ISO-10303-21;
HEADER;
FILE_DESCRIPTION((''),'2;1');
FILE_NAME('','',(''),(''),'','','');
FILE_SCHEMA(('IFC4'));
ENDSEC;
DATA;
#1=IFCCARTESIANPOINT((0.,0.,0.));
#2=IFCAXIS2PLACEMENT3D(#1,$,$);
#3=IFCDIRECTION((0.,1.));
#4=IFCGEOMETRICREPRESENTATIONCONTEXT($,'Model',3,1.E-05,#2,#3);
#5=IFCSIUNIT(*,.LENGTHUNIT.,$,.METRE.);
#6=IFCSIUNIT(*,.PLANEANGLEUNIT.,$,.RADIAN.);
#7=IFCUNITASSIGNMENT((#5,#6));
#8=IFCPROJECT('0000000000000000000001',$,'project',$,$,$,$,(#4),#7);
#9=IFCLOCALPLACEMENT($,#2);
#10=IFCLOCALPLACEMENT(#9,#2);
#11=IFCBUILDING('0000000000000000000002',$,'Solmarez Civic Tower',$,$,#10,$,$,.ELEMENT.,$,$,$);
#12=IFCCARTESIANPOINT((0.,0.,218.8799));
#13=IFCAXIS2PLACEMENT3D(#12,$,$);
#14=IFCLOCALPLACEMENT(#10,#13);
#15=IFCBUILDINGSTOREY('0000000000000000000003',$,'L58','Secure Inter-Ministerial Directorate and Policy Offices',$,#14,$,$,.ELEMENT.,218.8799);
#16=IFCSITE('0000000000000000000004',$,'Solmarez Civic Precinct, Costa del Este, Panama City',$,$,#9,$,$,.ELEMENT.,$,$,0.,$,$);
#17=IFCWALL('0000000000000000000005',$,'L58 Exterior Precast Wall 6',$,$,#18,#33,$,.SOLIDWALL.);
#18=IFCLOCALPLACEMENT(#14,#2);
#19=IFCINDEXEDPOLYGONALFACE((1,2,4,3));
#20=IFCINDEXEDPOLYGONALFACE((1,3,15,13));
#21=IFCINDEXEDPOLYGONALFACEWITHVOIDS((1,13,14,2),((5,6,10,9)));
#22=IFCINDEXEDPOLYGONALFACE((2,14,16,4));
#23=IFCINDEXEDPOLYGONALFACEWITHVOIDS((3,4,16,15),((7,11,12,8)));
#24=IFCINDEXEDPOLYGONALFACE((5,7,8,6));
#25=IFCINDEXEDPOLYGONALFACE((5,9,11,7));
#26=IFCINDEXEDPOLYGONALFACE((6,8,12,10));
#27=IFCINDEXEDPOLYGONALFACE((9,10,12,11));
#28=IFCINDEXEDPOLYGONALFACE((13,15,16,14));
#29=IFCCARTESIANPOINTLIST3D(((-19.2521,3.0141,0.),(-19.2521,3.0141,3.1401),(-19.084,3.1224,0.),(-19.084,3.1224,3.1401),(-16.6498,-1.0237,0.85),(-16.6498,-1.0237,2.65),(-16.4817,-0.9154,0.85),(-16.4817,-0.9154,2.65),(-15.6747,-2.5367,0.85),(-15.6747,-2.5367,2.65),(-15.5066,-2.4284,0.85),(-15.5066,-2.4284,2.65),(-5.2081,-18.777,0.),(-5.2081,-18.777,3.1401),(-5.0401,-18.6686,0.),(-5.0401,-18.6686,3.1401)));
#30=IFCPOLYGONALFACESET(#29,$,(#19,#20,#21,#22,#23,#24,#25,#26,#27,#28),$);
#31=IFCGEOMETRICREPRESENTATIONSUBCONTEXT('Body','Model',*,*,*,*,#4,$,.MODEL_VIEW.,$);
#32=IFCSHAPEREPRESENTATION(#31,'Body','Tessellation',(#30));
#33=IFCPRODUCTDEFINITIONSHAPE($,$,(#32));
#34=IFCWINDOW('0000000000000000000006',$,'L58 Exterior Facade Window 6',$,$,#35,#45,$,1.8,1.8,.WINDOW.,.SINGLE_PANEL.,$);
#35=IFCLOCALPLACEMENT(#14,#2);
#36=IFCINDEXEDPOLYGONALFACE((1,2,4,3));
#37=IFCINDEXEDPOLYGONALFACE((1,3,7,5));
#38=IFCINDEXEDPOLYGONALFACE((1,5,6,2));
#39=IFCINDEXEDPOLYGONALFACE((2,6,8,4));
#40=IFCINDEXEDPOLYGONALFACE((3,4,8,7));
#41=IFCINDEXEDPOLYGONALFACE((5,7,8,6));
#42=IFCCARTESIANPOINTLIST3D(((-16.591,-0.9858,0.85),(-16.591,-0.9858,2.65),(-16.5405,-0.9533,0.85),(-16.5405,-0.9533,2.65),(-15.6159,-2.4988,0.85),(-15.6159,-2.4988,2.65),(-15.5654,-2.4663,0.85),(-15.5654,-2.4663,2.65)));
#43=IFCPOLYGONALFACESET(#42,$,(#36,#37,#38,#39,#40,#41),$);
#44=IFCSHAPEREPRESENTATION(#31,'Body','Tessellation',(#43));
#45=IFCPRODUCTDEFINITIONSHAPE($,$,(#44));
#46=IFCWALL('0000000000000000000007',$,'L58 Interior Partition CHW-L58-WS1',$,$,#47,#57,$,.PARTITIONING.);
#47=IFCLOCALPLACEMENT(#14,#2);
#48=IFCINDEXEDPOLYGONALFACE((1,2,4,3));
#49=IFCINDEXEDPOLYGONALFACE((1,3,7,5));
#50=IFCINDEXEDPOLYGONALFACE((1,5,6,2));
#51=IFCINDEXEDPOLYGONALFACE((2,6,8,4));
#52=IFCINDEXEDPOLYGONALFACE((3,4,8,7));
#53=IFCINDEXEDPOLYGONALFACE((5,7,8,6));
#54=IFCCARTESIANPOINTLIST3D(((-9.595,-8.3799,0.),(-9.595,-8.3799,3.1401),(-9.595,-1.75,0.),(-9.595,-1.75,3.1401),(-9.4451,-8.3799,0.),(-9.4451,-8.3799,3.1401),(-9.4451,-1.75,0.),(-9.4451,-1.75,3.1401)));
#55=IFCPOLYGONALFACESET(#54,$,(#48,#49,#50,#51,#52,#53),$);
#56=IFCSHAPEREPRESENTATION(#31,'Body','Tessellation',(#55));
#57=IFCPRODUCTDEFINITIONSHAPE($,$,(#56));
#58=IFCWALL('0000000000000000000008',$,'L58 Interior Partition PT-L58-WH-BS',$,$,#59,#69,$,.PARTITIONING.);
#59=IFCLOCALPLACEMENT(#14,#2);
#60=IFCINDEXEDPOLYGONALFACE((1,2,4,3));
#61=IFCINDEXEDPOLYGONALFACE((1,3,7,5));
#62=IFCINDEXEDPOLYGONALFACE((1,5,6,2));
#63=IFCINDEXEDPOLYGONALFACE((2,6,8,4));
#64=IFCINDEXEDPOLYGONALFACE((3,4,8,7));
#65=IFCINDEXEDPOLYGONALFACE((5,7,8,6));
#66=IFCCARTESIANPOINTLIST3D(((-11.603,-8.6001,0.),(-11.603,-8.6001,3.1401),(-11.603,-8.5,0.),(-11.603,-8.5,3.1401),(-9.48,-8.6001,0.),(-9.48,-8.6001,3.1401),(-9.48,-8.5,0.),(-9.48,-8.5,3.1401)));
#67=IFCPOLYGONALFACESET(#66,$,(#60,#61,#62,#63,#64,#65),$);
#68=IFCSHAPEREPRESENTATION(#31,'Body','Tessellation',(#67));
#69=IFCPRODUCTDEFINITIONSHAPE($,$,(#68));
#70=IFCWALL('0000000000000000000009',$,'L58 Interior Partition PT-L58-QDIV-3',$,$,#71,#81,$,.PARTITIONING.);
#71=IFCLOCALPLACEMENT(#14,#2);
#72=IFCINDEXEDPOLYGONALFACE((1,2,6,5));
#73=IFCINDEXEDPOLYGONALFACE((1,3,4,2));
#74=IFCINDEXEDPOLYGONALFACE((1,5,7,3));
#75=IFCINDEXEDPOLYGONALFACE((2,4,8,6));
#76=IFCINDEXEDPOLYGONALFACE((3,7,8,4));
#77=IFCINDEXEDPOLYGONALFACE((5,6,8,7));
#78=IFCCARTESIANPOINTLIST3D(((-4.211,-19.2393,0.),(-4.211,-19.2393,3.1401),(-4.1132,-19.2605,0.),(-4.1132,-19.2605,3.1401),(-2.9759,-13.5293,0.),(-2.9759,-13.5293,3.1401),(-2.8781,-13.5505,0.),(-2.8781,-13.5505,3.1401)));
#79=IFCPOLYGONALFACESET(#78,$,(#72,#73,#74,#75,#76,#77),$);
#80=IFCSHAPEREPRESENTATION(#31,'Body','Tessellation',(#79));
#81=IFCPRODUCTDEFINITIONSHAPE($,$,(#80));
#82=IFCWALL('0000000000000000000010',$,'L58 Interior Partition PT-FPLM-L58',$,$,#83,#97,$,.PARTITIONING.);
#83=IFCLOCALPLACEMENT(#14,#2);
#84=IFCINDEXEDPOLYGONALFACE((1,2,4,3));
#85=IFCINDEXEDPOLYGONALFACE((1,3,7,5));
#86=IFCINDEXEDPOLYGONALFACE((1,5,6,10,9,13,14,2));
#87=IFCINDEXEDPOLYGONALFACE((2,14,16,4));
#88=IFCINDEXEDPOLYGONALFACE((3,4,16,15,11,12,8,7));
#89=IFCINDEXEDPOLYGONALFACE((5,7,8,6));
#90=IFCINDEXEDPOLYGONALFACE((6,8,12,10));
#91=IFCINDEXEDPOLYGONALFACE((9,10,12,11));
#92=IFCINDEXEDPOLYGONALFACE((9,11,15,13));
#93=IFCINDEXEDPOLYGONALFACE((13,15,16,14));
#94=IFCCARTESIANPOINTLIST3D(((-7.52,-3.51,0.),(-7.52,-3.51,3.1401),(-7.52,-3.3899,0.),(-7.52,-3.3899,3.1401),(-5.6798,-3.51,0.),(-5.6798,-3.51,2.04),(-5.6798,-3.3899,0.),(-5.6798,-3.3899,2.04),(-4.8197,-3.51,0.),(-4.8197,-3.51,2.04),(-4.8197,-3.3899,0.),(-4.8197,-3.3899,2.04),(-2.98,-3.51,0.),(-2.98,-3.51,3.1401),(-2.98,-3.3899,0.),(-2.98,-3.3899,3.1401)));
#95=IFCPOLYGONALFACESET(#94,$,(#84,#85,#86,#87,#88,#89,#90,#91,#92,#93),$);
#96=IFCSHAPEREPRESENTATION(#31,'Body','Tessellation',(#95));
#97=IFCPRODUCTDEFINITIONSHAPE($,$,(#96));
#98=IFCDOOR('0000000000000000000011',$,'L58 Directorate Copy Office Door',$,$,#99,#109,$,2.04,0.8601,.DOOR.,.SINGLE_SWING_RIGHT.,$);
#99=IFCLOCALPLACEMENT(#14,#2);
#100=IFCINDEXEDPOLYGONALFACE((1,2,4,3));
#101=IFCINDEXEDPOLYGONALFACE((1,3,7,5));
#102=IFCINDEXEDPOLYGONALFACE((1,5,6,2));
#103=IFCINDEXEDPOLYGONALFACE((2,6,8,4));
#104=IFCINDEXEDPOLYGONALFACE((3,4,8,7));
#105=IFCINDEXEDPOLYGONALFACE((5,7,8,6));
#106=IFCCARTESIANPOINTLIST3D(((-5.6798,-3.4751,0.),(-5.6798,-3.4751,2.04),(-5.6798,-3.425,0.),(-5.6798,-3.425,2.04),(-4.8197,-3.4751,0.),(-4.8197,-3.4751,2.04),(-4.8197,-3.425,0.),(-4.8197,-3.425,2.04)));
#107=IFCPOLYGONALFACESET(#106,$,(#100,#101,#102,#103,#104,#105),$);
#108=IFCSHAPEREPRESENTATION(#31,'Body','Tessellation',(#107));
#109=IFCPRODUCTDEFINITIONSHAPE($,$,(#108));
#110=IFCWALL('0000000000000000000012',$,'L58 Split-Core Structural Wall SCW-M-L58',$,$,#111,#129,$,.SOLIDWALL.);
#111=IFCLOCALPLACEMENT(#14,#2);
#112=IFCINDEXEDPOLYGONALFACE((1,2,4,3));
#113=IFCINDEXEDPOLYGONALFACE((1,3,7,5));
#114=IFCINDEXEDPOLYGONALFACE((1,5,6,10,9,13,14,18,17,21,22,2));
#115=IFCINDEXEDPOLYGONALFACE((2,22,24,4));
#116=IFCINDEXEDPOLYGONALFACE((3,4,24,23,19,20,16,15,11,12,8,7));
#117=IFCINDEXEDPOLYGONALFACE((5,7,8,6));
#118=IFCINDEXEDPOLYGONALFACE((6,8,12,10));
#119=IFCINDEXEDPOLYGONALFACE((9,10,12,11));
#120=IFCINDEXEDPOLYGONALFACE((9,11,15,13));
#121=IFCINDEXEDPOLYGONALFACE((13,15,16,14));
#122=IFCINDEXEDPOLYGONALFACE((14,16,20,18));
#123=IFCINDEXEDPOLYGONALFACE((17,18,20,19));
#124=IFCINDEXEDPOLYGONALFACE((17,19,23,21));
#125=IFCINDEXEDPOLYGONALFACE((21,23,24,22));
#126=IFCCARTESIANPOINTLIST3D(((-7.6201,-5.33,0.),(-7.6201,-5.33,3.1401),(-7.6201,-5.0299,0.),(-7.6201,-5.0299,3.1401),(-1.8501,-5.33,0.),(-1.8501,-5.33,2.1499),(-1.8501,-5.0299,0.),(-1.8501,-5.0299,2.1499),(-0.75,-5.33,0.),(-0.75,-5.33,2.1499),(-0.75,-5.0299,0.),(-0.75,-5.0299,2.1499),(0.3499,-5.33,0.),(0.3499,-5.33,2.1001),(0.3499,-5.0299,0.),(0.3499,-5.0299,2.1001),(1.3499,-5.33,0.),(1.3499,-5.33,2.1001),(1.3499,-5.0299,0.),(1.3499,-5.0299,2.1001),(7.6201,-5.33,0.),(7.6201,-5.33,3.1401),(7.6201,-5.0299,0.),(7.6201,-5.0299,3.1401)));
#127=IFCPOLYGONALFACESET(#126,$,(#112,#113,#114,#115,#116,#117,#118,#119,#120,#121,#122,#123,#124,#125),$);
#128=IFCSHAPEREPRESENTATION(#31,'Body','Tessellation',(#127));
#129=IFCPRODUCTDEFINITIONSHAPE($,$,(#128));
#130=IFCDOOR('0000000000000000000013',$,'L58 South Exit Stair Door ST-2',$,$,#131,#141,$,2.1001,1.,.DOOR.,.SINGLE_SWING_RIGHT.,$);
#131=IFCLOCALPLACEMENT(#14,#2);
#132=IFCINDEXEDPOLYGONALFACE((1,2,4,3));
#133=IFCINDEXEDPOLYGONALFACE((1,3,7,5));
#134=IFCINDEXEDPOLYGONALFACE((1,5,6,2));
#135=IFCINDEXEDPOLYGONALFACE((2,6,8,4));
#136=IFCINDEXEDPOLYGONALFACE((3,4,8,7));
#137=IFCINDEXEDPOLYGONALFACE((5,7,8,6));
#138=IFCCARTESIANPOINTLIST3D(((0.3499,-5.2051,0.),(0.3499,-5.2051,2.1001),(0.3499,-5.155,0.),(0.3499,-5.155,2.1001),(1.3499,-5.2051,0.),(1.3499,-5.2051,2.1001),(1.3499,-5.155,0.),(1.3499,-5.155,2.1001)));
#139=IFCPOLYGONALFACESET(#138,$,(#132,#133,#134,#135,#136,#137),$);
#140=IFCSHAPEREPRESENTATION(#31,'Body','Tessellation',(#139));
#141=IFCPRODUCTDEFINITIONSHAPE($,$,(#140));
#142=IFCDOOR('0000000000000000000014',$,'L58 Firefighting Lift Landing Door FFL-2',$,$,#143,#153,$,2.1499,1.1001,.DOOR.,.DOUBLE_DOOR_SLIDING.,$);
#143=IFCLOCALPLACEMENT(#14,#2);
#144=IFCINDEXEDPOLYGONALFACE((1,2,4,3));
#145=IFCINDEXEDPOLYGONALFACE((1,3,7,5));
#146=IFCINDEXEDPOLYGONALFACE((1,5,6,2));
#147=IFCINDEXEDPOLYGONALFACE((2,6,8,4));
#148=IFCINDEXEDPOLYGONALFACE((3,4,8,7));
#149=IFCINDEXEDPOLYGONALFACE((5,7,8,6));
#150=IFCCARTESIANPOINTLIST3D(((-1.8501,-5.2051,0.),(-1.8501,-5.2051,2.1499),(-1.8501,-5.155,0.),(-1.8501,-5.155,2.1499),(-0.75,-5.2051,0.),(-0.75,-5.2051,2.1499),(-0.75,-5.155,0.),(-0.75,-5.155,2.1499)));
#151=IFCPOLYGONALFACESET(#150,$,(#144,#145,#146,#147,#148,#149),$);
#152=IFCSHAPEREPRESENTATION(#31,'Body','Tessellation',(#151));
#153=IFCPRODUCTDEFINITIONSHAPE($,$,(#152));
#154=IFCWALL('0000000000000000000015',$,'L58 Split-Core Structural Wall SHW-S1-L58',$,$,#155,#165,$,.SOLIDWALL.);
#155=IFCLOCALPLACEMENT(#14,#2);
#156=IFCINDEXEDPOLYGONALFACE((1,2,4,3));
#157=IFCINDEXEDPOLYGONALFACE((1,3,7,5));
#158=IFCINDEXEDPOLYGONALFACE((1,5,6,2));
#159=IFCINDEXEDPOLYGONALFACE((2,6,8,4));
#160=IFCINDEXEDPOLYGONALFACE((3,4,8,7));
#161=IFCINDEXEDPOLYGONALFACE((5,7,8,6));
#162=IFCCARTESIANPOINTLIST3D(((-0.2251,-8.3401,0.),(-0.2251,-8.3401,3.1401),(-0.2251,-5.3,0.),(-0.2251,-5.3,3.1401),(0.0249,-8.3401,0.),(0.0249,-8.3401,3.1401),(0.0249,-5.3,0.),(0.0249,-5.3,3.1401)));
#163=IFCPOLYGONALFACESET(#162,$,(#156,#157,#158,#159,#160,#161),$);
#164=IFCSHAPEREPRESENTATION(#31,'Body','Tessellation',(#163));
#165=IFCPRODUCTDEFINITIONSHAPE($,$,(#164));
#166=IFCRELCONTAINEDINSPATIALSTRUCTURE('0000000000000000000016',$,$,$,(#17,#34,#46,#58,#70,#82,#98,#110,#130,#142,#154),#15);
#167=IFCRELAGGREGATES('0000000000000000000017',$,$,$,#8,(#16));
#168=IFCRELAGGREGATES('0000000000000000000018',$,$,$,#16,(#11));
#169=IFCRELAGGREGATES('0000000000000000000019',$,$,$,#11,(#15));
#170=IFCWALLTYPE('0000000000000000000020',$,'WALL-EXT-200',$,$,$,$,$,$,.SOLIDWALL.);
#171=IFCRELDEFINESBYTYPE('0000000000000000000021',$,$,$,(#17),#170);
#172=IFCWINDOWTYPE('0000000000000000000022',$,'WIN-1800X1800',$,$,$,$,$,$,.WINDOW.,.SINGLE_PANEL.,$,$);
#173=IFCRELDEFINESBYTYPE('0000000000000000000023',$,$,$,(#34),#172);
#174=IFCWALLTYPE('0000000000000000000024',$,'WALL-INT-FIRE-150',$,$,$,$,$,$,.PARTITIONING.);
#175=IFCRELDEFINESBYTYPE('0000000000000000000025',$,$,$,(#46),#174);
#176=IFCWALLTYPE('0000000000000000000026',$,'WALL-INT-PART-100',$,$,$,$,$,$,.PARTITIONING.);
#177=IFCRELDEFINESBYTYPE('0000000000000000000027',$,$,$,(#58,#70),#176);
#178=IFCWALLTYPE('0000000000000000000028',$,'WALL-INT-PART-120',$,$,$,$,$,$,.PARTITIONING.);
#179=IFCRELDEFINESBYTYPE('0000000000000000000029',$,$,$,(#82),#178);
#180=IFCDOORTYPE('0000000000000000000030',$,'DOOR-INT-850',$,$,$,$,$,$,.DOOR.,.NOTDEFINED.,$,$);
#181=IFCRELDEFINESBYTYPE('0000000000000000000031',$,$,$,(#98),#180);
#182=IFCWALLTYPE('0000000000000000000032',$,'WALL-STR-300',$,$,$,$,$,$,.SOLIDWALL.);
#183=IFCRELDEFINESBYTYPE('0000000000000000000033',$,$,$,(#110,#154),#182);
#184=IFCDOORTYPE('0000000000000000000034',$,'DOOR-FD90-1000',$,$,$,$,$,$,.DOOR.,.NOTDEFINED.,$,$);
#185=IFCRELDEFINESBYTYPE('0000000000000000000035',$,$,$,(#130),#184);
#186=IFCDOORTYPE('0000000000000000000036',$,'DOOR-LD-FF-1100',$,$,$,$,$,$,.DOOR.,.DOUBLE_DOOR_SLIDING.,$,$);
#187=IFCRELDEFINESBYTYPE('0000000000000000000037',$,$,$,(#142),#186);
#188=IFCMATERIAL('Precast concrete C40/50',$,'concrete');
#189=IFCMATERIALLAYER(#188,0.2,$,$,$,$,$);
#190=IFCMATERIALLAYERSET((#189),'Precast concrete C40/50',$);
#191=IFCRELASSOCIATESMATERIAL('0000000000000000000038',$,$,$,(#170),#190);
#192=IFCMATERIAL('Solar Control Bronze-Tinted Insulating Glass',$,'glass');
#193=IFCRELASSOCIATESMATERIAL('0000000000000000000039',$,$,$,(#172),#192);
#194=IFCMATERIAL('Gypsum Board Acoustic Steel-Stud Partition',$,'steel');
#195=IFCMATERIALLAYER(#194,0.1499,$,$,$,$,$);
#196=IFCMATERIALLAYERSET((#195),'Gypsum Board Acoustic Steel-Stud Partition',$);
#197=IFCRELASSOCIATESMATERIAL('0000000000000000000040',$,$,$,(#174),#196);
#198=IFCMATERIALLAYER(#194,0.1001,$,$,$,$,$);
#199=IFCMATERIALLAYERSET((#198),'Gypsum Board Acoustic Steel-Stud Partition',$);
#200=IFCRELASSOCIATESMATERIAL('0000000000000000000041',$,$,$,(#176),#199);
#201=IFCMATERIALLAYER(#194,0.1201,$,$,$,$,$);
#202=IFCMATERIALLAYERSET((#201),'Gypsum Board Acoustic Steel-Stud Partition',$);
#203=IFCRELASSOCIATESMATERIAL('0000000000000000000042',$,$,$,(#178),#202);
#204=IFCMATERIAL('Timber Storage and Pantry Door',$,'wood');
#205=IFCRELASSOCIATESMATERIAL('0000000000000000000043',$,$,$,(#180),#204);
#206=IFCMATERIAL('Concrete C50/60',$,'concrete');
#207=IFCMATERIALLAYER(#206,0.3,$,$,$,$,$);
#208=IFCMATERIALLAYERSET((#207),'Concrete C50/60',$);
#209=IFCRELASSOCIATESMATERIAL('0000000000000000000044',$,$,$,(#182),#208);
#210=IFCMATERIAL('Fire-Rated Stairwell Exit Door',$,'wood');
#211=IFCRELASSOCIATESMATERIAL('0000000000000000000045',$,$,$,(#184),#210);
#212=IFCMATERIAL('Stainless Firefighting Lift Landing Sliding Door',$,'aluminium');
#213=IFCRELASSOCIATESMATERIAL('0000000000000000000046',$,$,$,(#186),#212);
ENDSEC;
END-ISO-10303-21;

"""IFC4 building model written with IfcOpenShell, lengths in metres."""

from ifc_helpers import new_model, si_unit, direction, frame, frame_2d, origin, place, context, subcontext, project, spatial, rectangle, extrude, material, layer, layer_set, type_object, element, fill, save


model = new_model("IFC4")

# Units and contexts
model_context = context("Model", 3, precision=1e-05, world=origin(), true_north=direction((0.0, 1.0)))
body_context = subcontext(model_context, "Body", "Model", "MODEL_VIEW")
ifc_project = project(units=[si_unit("LENGTHUNIT", "METRE"), si_unit("PLANEANGLEUNIT", "RADIAN")], contexts=[model_context])

# Site, building, storey
site_placement = place(None, origin())
site = spatial("IfcSite", under=ifc_project, at=site_placement, Name="Solmarez Civic Precinct, Costa del Este, Panama City", CompositionType="ELEMENT", RefElevation=0.0)
building_placement = place(site_placement, origin())
building = spatial("IfcBuilding", under=site, at=building_placement, Name="Solmarez Civic Tower", CompositionType="ELEMENT")
storey_placement = place(building_placement, frame((0.0, 0.0, 218.8799)))
storey = spatial("IfcBuildingStorey", under=building, at=storey_placement, Name="L58", Description="Secure Inter-Ministerial Directorate and Policy Offices", CompositionType="ELEMENT", Elevation=218.8799)

# Shared definitions
ifc_material_1 = material(Name="Concrete C50/60", Category="concrete")

# Shared definitions
ifc_material_2 = material(Name="Precast concrete C40/50", Category="concrete")
ifc_layer_1 = layer(ifc_material_2, 0.2)
ifc_layer_set_1 = layer_set([ifc_layer_1], Name="Precast concrete C40/50")
wall_type_1 = type_object("IfcWallType", Name="WALL-EXT-200", PredefinedType="SOLIDWALL", material=ifc_layer_set_1)

# Wall, opening, window
wall_1_placement = place(storey_placement, frame((-5.124, -18.7229, 0.0), z_axis=(0.0, 0.0, 1.0), x_axis=(-0.541724, 0.840556, 0.0)))
wall_1 = element("IfcWall", 1, at=wall_1_placement, inside=storey, type_object=wall_type_1, Name="L58 Exterior Precast Wall 6", PredefinedType="SOLIDWALL", context=body_context, shape_type="SweptSolid", body=[
    extrude(rectangle(XDim=25.9246, YDim=0.2, at=frame_2d((12.9624, 0.0))), origin(), (0.0, 0.0, 1.0), 3.1401),
])
opening_1_placement = place(wall_1_placement, frame((19.321, 0.0, 0.8501)))
opening_1 = element("IfcOpeningElement", 2, at=opening_1_placement, cuts=wall_1, PredefinedType="OPENING", context=body_context, shape_type="SweptSolid", body=[
    extrude(rectangle(XDim=1.8, YDim=1.8, at=frame_2d((0.8999, 0.8999))), frame((0.0, 0.1099, 0.0), z_axis=(0.0, -1.0, 0.0), x_axis=(1.0, 0.0, 0.0)), (0.0, 0.0, 1.0), 0.22),
])
ifc_material_3 = material(Name="Solar Control Bronze-Tinted Insulating Glass", Category="glass")
window_type = type_object("IfcWindowType", Name="WIN-1800X1800", PartitioningType="SINGLE_PANEL", PredefinedType="WINDOW", material=ifc_material_3)
window_placement = place(opening_1_placement, origin())
window = element("IfcWindow", 3, at=window_placement, inside=storey, type_object=window_type, Name="L58 Exterior Facade Window 6", OverallHeight=1.8, OverallWidth=1.8, PartitioningType="SINGLE_PANEL", PredefinedType="WINDOW", context=body_context, shape_type="SweptSolid", body=[
    extrude(rectangle(XDim=1.8, YDim=1.8, at=frame_2d((0.8999, 0.8999))), frame((0.0, 0.03, 0.0), z_axis=(0.0, -1.0, 0.0), x_axis=(1.0, 0.0, 0.0)), (0.0, 0.0, 1.0), 0.0601),
])
fill(opening_1, window)

# Walls
ifc_material_4 = material(Name="Gypsum Board Acoustic Steel-Stud Partition", Category="steel")
ifc_layer_2 = layer(ifc_material_4, 0.1499)
ifc_layer_set_2 = layer_set([ifc_layer_2], Name="Gypsum Board Acoustic Steel-Stud Partition")
wall_type_2 = type_object("IfcWallType", Name="WALL-INT-FIRE-150", PredefinedType="PARTITIONING", material=ifc_layer_set_2)
wall_2_placement = place(storey_placement, frame((-9.52, -8.3799, 0.0), z_axis=(0.0, 0.0, 1.0), x_axis=(0.0, 1.0, 0.0)))
element("IfcWall", 4, at=wall_2_placement, inside=storey, type_object=wall_type_2, Name="L58 Interior Partition CHW-L58-WS1", PredefinedType="PARTITIONING", context=body_context, shape_type="SweptSolid", body=[
    extrude(rectangle(XDim=6.6299, YDim=0.1499, at=frame_2d((3.3149, 0.0))), origin(), (0.0, 0.0, 1.0), 3.1401),
])
ifc_layer_3 = layer(ifc_material_4, 0.1001)
ifc_layer_set_3 = layer_set([ifc_layer_3], Name="Gypsum Board Acoustic Steel-Stud Partition")
wall_type_3 = type_object("IfcWallType", Name="WALL-INT-PART-100", PredefinedType="PARTITIONING", material=ifc_layer_set_3)
wall_3_placement = place(storey_placement, frame((-11.603, -8.55, 0.0), z_axis=(0.0, 0.0, 1.0), x_axis=(1.0, 0.0, 0.0)))
element("IfcWall", 5, at=wall_3_placement, inside=storey, type_object=wall_type_3, Name="L58 Interior Partition PT-L58-WH-BS", PredefinedType="PARTITIONING", context=body_context, shape_type="SweptSolid", body=[
    extrude(rectangle(XDim=2.123, YDim=0.1001, at=frame_2d((1.0615, 0.0))), origin(), (0.0, 0.0, 1.0), 3.1401),
])
wall_4_placement = place(storey_placement, frame((-2.927, -13.54, 0.0), z_axis=(0.0, 0.0, 1.0), x_axis=(-0.211418, -0.977396, 0.0)))
element("IfcWall", 6, at=wall_4_placement, inside=storey, type_object=wall_type_3, Name="L58 Interior Partition PT-L58-QDIV-3", PredefinedType="PARTITIONING", context=body_context, shape_type="SweptSolid", body=[
    extrude(rectangle(XDim=5.842, YDim=0.1001, at=frame_2d((2.9209, 0.0))), origin(), (0.0, 0.0, 1.0), 3.1401),
])

# Wall, opening, door
ifc_layer_4 = layer(ifc_material_4, 0.1201)
ifc_layer_set_4 = layer_set([ifc_layer_4], Name="Gypsum Board Acoustic Steel-Stud Partition")
wall_type_4 = type_object("IfcWallType", Name="WALL-INT-PART-120", PredefinedType="PARTITIONING", material=ifc_layer_set_4)
wall_5_placement = place(storey_placement, frame((-7.52, -3.45, 0.0), z_axis=(0.0, 0.0, 1.0), x_axis=(1.0, 0.0, 0.0)))
wall_5 = element("IfcWall", 7, at=wall_5_placement, inside=storey, type_object=wall_type_4, Name="L58 Interior Partition PT-FPLM-L58", PredefinedType="PARTITIONING", context=body_context, shape_type="SweptSolid", body=[
    extrude(rectangle(XDim=4.54, YDim=0.1201, at=frame_2d((2.27, 0.0))), origin(), (0.0, 0.0, 1.0), 3.1401),
])
opening_2_placement = place(wall_5_placement, frame((1.8401, 0.0, 0.0)))
opening_2 = element("IfcOpeningElement", 8, at=opening_2_placement, cuts=wall_5, PredefinedType="OPENING", context=body_context, shape_type="SweptSolid", body=[
    extrude(rectangle(XDim=0.8601, YDim=2.04, at=frame_2d((0.4302, 1.02))), frame((0.0, 0.0701, 0.0), z_axis=(0.0, -1.0, 0.0), x_axis=(1.0, 0.0, 0.0)), (0.0, 0.0, 1.0), 0.1401),
])
ifc_material_5 = material(Name="Timber Storage and Pantry Door", Category="wood")
door_type_1 = type_object("IfcDoorType", Name="DOOR-INT-850", OperationType="NOTDEFINED", PredefinedType="DOOR", material=ifc_material_5)
door_1_placement = place(opening_2_placement, origin())
door_1 = element("IfcDoor", 9, at=door_1_placement, inside=storey, type_object=door_type_1, Name="L58 Directorate Copy Office Door", OperationType="SINGLE_SWING_RIGHT", OverallHeight=2.04, OverallWidth=0.8601, PredefinedType="DOOR", context=body_context, shape_type="SweptSolid", body=[
    extrude(rectangle(XDim=0.8601, YDim=2.04, at=frame_2d((0.4302, 1.02))), frame((0.0, 0.0249, 0.0), z_axis=(0.0, -1.0, 0.0), x_axis=(1.0, 0.0, 0.0)), (0.0, 0.0, 1.0), 0.05),
])
fill(opening_2, door_1)

# Wall, openings, doors
ifc_layer_5 = layer(ifc_material_1, 0.3)
ifc_layer_set_5 = layer_set([ifc_layer_5], Name="Concrete C50/60")
wall_type_5 = type_object("IfcWallType", Name="WALL-STR-300", PredefinedType="SOLIDWALL", material=ifc_layer_set_5)
wall_6_placement = place(storey_placement, frame((-7.6201, -5.1799, 0.0), z_axis=(0.0, 0.0, 1.0), x_axis=(1.0, 0.0, 0.0)))
wall_6 = element("IfcWall", 10, at=wall_6_placement, inside=storey, type_object=wall_type_5, Name="L58 Split-Core Structural Wall SCW-M-L58", PredefinedType="SOLIDWALL", context=body_context, shape_type="SweptSolid", body=[
    extrude(rectangle(XDim=15.2402, YDim=0.3, at=frame_2d((7.6201, 0.0))), origin(), (0.0, 0.0, 1.0), 3.1401),
])
opening_3_placement = place(wall_6_placement, frame((5.77, 0.0, 0.0)))
opening_3 = element("IfcOpeningElement", 11, at=opening_3_placement, cuts=wall_6, PredefinedType="OPENING", context=body_context, shape_type="SweptSolid", body=[
    extrude(rectangle(XDim=1.1001, YDim=2.1499, at=frame_2d((0.55, 1.075))), frame((0.0, 0.1599, 0.0), z_axis=(0.0, -1.0, 0.0), x_axis=(1.0, 0.0, 0.0)), (0.0, 0.0, 1.0), 0.3201),
])
opening_4_placement = place(wall_6_placement, frame((7.97, 0.0, 0.0)))
opening_4 = element("IfcOpeningElement", 12, at=opening_4_placement, cuts=wall_6, PredefinedType="OPENING", context=body_context, shape_type="SweptSolid", body=[
    extrude(rectangle(XDim=1.0, YDim=2.1001, at=frame_2d((0.5, 1.05))), frame((0.0, 0.1599, 0.0), z_axis=(0.0, -1.0, 0.0), x_axis=(1.0, 0.0, 0.0)), (0.0, 0.0, 1.0), 0.3201),
])
ifc_material_6 = material(Name="Fire-Rated Stairwell Exit Door", Category="wood")
door_type_2 = type_object("IfcDoorType", Name="DOOR-FD90-1000", OperationType="NOTDEFINED", PredefinedType="DOOR", material=ifc_material_6)
door_2_placement = place(opening_4_placement, origin())
door_2 = element("IfcDoor", 13, at=door_2_placement, inside=storey, type_object=door_type_2, Name="L58 South Exit Stair Door ST-2", OperationType="SINGLE_SWING_RIGHT", OverallHeight=2.1001, OverallWidth=1.0, PredefinedType="DOOR", context=body_context, shape_type="SweptSolid", body=[
    extrude(rectangle(XDim=1.0, YDim=2.1001, at=frame_2d((0.5, 1.05))), frame((0.0, 0.0249, 0.0), z_axis=(0.0, -1.0, 0.0), x_axis=(1.0, 0.0, 0.0)), (0.0, 0.0, 1.0), 0.05),
])
fill(opening_4, door_2)
ifc_material_7 = material(Name="Stainless Firefighting Lift Landing Sliding Door", Category="aluminium")
door_type_3 = type_object("IfcDoorType", Name="DOOR-LD-FF-1100", OperationType="DOUBLE_DOOR_SLIDING", PredefinedType="DOOR", material=ifc_material_7)
door_3_placement = place(opening_3_placement, origin())
door_3 = element("IfcDoor", 14, at=door_3_placement, inside=storey, type_object=door_type_3, Name="L58 Firefighting Lift Landing Door FFL-2", OperationType="DOUBLE_DOOR_SLIDING", OverallHeight=2.1499, OverallWidth=1.1001, PredefinedType="DOOR", context=body_context, shape_type="SweptSolid", body=[
    extrude(rectangle(XDim=1.1001, YDim=2.1499, at=frame_2d((0.55, 1.075))), frame((0.0, 0.0249, 0.0), z_axis=(0.0, -1.0, 0.0), x_axis=(1.0, 0.0, 0.0)), (0.0, 0.0, 1.0), 0.05),
])
fill(opening_3, door_3)

# Wall
for number, where, z_axis, x_axis, name in (
    (15, (-0.1001, -8.3401, 0.0), (0.0, 0.0, 1.0), (0.0, 1.0, 0.0), "L58 Split-Core Structural Wall SHW-S1-L58"),
):
    element("IfcWall", number, at=place(storey_placement, frame(where, z_axis=z_axis, x_axis=x_axis)), inside=storey, type_object=wall_type_5, Name=name, PredefinedType="SOLIDWALL", context=body_context, shape_type="SweptSolid", body=[
        extrude(rectangle(XDim=3.04, YDim=0.25, at=frame_2d((1.52, 0.0))), origin(), (0.0, 0.0, 1.0), 3.1401),
    ])

save(model, "model.ifc")
